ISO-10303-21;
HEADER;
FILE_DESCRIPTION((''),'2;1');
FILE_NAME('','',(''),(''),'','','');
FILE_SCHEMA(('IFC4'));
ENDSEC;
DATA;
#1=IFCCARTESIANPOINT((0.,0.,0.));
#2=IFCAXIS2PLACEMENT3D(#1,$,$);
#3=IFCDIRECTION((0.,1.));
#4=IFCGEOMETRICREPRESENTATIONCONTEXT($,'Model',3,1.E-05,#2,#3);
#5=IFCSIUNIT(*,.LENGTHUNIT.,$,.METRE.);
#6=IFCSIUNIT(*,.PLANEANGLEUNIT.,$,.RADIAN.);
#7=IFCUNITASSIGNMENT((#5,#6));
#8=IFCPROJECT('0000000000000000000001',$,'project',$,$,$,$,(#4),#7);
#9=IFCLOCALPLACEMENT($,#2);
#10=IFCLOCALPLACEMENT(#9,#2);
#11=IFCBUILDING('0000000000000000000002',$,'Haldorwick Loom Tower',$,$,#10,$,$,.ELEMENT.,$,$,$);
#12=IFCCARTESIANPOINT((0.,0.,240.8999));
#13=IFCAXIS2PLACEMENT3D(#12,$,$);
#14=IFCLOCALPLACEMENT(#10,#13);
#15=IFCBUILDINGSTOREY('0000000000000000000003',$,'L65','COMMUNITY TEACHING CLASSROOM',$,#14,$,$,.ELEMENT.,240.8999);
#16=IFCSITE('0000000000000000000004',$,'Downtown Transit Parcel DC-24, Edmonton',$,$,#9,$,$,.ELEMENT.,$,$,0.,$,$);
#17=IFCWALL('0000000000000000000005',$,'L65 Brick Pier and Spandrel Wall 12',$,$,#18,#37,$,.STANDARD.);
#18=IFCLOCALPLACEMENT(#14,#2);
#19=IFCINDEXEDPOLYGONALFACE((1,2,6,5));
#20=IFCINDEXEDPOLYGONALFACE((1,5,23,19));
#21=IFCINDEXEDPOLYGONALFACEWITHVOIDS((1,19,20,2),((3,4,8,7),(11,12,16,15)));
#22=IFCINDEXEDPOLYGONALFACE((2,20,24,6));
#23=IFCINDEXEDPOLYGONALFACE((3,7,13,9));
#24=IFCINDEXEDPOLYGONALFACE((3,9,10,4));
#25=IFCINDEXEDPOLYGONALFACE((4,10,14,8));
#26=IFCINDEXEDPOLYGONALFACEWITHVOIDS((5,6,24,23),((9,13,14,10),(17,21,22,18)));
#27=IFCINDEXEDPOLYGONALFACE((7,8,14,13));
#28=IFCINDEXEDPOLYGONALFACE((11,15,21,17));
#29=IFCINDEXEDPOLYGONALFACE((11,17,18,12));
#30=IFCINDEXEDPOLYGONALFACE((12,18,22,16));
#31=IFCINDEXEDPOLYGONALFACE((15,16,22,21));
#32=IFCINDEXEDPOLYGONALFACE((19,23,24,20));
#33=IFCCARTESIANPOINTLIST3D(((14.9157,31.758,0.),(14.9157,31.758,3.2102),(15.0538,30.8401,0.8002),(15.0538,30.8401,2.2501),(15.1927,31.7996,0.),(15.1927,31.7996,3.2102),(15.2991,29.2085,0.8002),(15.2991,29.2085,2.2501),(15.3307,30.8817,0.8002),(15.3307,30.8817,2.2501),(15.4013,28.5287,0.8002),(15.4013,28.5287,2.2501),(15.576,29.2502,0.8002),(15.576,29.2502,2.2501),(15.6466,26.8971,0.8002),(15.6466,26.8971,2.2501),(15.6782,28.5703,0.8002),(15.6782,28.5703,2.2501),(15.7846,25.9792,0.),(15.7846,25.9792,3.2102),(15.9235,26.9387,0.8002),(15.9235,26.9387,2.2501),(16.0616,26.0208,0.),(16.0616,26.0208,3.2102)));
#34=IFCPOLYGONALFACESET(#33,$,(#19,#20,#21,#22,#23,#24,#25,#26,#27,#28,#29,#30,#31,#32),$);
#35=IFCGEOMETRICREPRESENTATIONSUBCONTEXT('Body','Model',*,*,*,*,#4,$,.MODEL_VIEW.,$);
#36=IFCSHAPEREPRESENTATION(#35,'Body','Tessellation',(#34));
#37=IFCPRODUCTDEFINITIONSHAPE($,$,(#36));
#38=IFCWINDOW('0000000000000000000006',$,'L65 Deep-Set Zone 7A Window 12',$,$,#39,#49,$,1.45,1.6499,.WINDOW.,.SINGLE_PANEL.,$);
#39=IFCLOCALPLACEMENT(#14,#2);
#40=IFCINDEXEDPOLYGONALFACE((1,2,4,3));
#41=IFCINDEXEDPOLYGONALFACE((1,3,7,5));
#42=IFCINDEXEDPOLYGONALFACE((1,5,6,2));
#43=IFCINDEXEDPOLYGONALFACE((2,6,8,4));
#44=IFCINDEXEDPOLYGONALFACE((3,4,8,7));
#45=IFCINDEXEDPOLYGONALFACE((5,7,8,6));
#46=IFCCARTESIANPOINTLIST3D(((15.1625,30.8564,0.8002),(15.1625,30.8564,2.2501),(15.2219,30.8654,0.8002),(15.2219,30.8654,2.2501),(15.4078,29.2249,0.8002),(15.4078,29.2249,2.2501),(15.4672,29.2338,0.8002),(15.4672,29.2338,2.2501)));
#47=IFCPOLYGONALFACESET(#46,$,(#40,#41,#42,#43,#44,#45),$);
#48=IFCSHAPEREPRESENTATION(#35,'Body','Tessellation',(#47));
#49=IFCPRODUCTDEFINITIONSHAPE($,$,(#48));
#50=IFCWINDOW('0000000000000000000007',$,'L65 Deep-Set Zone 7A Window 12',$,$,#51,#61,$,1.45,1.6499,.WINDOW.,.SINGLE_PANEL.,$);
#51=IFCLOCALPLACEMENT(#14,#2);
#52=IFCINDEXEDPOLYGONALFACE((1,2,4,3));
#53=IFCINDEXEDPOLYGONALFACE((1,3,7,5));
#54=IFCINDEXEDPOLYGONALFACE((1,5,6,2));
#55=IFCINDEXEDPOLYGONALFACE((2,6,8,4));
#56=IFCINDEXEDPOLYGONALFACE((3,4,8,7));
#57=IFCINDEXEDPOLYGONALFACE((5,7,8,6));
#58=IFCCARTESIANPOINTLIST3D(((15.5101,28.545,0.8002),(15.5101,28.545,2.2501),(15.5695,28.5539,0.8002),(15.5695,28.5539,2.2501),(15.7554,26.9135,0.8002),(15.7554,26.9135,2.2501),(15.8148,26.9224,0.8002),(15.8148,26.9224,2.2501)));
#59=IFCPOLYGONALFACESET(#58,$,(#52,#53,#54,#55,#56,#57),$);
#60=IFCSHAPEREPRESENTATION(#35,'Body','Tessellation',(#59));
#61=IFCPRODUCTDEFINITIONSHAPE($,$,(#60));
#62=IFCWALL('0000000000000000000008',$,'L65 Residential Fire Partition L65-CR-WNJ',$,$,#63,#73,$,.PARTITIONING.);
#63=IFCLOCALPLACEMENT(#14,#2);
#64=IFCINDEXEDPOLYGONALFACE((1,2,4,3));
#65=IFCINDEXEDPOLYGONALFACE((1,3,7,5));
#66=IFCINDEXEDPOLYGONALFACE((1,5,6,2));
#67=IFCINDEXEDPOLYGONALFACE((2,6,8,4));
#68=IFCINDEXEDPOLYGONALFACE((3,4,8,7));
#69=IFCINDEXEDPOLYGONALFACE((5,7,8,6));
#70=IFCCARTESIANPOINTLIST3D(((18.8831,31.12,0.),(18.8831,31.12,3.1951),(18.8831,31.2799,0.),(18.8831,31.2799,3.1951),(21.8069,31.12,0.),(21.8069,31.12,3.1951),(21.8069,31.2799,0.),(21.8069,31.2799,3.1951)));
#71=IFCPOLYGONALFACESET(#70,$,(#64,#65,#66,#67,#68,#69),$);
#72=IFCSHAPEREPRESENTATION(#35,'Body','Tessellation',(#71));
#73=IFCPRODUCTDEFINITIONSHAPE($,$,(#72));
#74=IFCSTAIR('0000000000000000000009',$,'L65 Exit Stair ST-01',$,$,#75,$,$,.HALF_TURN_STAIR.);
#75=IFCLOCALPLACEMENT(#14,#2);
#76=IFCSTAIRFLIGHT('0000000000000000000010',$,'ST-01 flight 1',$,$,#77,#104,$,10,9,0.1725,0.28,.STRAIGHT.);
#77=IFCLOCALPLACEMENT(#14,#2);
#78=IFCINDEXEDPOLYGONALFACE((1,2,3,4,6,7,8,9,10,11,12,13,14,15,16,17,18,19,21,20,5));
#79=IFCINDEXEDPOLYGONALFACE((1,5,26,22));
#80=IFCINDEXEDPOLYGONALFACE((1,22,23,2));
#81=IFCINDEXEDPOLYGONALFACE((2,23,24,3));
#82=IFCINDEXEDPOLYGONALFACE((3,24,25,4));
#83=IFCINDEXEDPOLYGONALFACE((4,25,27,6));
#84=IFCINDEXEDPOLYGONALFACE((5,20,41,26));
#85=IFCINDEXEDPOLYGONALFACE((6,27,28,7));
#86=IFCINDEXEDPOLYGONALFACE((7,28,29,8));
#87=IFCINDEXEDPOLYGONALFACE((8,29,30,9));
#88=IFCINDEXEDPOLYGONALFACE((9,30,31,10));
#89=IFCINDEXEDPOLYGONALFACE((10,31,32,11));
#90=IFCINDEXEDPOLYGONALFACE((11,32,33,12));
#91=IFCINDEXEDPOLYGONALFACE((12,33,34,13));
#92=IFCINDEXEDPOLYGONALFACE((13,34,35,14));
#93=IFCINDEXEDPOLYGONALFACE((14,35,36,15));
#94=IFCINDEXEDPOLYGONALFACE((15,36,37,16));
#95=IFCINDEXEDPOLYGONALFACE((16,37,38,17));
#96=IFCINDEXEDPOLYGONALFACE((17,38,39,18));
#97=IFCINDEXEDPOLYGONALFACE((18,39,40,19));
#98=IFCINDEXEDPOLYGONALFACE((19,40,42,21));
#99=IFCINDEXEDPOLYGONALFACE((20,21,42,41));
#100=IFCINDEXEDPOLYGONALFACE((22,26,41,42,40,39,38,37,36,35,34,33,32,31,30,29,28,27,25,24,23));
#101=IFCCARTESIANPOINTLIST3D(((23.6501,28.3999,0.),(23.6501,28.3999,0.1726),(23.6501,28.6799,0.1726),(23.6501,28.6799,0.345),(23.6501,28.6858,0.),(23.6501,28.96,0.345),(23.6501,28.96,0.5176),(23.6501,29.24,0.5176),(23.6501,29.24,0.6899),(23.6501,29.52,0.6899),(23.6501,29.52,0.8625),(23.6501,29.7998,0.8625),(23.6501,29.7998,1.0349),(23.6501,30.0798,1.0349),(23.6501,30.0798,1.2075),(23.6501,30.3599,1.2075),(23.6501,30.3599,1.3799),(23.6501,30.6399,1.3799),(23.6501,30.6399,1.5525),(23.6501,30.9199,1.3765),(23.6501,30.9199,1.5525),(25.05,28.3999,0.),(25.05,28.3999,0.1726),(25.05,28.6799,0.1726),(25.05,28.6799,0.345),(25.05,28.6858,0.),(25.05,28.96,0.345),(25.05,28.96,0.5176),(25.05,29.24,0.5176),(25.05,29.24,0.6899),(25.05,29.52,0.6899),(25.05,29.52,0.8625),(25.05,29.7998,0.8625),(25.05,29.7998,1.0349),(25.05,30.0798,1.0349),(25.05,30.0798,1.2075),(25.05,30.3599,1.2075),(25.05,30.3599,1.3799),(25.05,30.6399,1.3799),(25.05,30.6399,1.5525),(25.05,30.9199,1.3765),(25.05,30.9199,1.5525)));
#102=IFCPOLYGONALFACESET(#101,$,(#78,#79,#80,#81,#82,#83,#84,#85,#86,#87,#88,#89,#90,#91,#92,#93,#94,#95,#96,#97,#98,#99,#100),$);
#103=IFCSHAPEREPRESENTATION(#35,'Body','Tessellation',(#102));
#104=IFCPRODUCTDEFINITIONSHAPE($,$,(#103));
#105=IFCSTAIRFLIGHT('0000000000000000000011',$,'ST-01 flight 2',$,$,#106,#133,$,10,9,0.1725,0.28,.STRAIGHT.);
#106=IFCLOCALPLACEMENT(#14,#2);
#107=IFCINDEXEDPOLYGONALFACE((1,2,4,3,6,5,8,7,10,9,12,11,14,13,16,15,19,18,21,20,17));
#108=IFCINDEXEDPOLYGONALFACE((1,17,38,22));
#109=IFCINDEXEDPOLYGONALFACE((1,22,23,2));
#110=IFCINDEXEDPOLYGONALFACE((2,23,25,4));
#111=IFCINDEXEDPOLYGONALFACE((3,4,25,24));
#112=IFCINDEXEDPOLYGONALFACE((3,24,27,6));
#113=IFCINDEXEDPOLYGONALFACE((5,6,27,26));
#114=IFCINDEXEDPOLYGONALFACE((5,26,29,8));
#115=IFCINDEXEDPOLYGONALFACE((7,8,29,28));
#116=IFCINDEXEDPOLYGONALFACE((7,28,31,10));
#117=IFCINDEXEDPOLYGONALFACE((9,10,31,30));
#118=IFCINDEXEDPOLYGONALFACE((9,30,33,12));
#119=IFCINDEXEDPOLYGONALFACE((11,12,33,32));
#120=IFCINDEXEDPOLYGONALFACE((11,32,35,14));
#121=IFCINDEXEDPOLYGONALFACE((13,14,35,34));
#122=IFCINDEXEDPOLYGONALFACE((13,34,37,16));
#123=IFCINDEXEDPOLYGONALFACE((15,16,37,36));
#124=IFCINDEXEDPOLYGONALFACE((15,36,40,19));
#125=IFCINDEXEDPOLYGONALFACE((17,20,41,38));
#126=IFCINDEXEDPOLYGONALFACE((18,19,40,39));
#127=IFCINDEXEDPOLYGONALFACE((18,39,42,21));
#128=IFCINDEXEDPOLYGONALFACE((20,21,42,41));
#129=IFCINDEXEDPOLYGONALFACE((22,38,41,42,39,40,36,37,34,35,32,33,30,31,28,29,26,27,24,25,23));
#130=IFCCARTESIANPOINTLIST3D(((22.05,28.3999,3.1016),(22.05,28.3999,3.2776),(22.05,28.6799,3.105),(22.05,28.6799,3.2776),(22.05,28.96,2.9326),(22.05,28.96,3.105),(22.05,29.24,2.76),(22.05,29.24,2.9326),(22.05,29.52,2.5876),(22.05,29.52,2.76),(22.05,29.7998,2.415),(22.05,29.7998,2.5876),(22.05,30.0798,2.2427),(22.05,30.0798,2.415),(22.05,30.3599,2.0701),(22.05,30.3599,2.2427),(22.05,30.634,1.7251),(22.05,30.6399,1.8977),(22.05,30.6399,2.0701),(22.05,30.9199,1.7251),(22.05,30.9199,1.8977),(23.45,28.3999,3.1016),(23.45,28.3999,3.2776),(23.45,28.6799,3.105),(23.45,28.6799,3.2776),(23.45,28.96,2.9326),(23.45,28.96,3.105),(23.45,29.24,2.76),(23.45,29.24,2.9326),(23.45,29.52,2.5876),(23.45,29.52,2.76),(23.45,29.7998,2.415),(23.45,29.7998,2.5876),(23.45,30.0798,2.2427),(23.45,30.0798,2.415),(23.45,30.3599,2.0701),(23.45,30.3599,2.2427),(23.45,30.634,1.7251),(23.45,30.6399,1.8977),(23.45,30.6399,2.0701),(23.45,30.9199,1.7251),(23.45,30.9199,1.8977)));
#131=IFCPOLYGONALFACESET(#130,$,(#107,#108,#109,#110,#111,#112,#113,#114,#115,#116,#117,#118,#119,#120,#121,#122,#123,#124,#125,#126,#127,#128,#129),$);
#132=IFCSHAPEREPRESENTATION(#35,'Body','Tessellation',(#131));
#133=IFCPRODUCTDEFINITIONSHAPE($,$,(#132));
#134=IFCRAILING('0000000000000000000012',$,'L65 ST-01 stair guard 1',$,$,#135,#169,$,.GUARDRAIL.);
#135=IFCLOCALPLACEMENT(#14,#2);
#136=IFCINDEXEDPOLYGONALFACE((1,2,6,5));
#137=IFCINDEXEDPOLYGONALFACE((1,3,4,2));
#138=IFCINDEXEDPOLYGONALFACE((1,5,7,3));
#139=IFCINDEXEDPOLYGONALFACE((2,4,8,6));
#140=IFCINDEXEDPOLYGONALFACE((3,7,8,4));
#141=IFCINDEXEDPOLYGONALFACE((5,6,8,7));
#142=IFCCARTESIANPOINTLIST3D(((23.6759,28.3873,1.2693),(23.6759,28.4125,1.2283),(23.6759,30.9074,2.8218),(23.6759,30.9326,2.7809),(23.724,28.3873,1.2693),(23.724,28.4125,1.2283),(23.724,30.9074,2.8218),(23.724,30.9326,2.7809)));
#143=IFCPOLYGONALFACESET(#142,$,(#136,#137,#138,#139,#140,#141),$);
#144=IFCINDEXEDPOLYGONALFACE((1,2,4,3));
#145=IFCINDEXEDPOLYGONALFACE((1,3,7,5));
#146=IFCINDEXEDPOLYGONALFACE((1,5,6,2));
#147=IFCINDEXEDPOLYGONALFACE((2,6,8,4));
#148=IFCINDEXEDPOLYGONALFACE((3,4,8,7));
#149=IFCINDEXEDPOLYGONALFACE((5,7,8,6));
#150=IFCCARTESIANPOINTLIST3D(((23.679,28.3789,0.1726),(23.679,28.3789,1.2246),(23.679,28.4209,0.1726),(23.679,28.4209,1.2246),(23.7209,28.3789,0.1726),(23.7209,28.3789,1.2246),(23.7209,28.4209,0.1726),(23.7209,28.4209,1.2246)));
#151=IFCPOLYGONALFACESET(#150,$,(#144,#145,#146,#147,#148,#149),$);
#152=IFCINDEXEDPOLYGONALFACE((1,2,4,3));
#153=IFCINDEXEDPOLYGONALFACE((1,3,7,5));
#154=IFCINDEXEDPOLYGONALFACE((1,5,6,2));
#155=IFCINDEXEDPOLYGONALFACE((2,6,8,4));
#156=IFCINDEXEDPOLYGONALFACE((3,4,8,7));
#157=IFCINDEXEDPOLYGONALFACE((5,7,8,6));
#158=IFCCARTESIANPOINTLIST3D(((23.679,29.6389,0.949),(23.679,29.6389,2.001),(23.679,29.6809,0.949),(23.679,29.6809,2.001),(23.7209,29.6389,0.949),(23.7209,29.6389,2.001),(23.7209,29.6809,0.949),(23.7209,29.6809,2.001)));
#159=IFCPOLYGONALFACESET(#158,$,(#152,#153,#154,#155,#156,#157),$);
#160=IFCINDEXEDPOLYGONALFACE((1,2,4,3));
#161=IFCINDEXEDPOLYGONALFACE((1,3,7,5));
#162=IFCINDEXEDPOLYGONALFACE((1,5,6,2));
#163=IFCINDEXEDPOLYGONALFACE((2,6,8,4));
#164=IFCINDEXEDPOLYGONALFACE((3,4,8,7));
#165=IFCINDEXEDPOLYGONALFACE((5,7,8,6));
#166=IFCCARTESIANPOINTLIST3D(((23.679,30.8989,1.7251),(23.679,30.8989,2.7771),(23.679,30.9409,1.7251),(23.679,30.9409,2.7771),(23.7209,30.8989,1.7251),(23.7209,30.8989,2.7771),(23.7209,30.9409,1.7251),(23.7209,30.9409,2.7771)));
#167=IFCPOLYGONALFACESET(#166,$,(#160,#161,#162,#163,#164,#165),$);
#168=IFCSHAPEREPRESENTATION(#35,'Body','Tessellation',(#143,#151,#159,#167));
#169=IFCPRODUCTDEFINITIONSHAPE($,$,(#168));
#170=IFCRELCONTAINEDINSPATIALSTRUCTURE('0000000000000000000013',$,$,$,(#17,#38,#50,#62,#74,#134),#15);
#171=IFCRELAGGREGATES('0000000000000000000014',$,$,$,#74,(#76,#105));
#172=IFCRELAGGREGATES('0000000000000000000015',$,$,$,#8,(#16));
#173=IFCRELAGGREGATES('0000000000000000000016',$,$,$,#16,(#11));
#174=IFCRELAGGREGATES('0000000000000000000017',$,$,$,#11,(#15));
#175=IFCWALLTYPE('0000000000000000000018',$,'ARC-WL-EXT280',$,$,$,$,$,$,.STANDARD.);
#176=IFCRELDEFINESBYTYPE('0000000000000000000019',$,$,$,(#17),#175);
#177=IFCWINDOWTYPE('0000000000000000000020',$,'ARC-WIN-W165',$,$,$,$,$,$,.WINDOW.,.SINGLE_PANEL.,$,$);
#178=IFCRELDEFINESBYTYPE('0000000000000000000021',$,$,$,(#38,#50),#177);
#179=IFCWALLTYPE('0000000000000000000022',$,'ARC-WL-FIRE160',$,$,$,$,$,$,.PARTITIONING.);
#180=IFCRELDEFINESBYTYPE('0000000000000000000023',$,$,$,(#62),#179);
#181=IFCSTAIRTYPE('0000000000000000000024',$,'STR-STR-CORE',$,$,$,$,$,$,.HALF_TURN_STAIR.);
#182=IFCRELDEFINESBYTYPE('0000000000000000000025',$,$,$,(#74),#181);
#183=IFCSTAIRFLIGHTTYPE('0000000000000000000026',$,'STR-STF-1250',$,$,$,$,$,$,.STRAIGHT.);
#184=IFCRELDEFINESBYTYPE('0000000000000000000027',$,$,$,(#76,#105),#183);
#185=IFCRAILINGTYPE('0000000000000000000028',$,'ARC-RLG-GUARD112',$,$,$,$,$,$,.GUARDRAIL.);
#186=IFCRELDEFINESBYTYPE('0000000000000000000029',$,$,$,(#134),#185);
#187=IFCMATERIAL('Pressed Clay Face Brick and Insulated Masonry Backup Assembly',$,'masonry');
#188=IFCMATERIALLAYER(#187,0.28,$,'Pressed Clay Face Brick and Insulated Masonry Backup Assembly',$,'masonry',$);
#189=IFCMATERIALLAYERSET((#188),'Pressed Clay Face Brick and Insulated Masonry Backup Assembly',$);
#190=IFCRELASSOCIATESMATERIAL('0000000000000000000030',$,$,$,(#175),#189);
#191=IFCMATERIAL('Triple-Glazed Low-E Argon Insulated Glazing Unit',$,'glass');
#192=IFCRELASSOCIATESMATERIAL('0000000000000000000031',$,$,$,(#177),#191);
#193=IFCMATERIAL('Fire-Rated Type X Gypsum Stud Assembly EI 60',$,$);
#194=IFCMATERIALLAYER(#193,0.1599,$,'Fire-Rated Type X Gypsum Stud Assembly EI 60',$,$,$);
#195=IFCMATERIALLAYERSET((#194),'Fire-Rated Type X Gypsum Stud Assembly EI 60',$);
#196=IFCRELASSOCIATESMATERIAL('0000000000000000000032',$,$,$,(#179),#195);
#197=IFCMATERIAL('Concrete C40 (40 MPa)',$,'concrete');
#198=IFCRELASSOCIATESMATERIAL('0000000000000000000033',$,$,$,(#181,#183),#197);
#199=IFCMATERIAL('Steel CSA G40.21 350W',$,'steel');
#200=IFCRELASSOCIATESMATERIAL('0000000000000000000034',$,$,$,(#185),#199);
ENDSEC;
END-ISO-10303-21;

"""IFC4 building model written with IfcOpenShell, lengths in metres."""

from ifc_helpers import new_model, si_unit, direction, frame, frame_2d, origin, origin_2d, place, context, subcontext, project, spatial, polyline, rectangle, outline, extrude, material, layer, layer_set, type_object, element, fill, aggregate, save


model = new_model("IFC4")

# Units and contexts
model_context = context("Model", 3, precision=1e-05, world=origin(), true_north=direction((0.0, 1.0)))
body_context = subcontext(model_context, "Body", "Model", "MODEL_VIEW")
ifc_project = project(units=[si_unit("LENGTHUNIT", "METRE"), si_unit("PLANEANGLEUNIT", "RADIAN")], contexts=[model_context])

# Site, building, storey
site_placement = place(None, origin())
site = spatial("IfcSite", under=ifc_project, at=site_placement, Name="Downtown Transit Parcel DC-24, Edmonton", CompositionType="ELEMENT", RefElevation=0.0)
building_placement = place(site_placement, origin())
building = spatial("IfcBuilding", under=site, at=building_placement, Name="Haldorwick Loom Tower", CompositionType="ELEMENT")
storey_placement = place(building_placement, frame((0.0, 0.0, 240.8999)))
storey = spatial("IfcBuildingStorey", under=building, at=storey_placement, Name="L65", Description="COMMUNITY TEACHING CLASSROOM", CompositionType="ELEMENT", Elevation=240.8999)

# Shared definitions
ifc_material_1 = material(Name="Steel CSA G40.21 350W", Category="steel")

# Wall, openings, windows
ifc_material_2 = material(Name="Pressed Clay Face Brick and Insulated Masonry Backup Assembly", Category="masonry")
ifc_layer_1 = layer(ifc_material_2, 0.28, Name="Pressed Clay Face Brick and Insulated Masonry Backup Assembly", Category="masonry")
ifc_layer_set_1 = layer_set([ifc_layer_1], Name="Pressed Clay Face Brick and Insulated Masonry Backup Assembly")
wall_type_1 = type_object("IfcWallType", Name="ARC-WL-EXT280", PredefinedType="STANDARD", material=ifc_layer_set_1)
wall_1_placement = place(storey_placement, frame((15.0542, 31.7788, 0.0), z_axis=(0.0, 0.0, 1.0), x_axis=(0.148688, -0.988884, 0.0)))
wall_1 = element("IfcWall", 1, at=wall_1_placement, inside=storey, type_object=wall_type_1, Name="L65 Brick Pier and Spandrel Wall 12", PredefinedType="STANDARD", context=body_context, shape_type="SweptSolid", body=[
    extrude(rectangle(XDim=5.8438, YDim=0.28, at=frame_2d((2.9219, 0.0))), origin(), (0.0, 0.0, 1.0), 3.2102),
])
opening_1_placement = place(wall_1_placement, frame((0.9282, 0.0, 0.8)))
opening_1 = element("IfcOpeningElement", 2, at=opening_1_placement, cuts=wall_1, PredefinedType="OPENING", context=body_context, shape_type="SweptSolid", body=[
    extrude(rectangle(XDim=1.6499, YDim=1.45, at=frame_2d((0.825, 0.7251))), frame((0.0, 0.1499, 0.0), z_axis=(0.0, -1.0, 0.0), x_axis=(1.0, 0.0, 0.0)), (0.0, 0.0, 1.0), 0.3),
])
opening_2_placement = place(wall_1_placement, frame((3.2656, 0.0, 0.8)))
opening_2 = element("IfcOpeningElement", 3, at=opening_2_placement, cuts=wall_1, PredefinedType="OPENING", context=body_context, shape_type="SweptSolid", body=[
    extrude(rectangle(XDim=1.6499, YDim=1.45, at=frame_2d((0.825, 0.7251))), frame((0.0, 0.1499, 0.0), z_axis=(0.0, -1.0, 0.0), x_axis=(1.0, 0.0, 0.0)), (0.0, 0.0, 1.0), 0.3),
])
ifc_material_3 = material(Name="Triple-Glazed Low-E Argon Insulated Glazing Unit", Category="glass")
window_type = type_object("IfcWindowType", Name="ARC-WIN-W165", PartitioningType="SINGLE_PANEL", PredefinedType="WINDOW", material=ifc_material_3)
window_1_placement = place(opening_1_placement, origin())
window_1 = element("IfcWindow", 4, at=window_1_placement, inside=storey, type_object=window_type, Name="L65 Deep-Set Zone 7A Window 12", OverallHeight=1.45, OverallWidth=1.6499, PartitioningType="SINGLE_PANEL", PredefinedType="WINDOW", context=body_context, shape_type="SweptSolid", body=[
    extrude(rectangle(XDim=1.6499, YDim=1.45, at=frame_2d((0.825, 0.7251))), frame((0.0, 0.03, 0.0), z_axis=(0.0, -1.0, 0.0), x_axis=(1.0, 0.0, 0.0)), (0.0, 0.0, 1.0), 0.0601),
])
fill(opening_1, window_1)
window_2_placement = place(opening_2_placement, origin())
window_2 = element("IfcWindow", 5, at=window_2_placement, inside=storey, type_object=window_type, Name="L65 Deep-Set Zone 7A Window 12", OverallHeight=1.45, OverallWidth=1.6499, PartitioningType="SINGLE_PANEL", PredefinedType="WINDOW", context=body_context, shape_type="SweptSolid", body=[
    extrude(rectangle(XDim=1.6499, YDim=1.45, at=frame_2d((0.825, 0.7251))), frame((0.0, 0.03, 0.0), z_axis=(0.0, -1.0, 0.0), x_axis=(1.0, 0.0, 0.0)), (0.0, 0.0, 1.0), 0.0601),
])
fill(opening_2, window_2)

# Wall
ifc_material_4 = material(Name="Fire-Rated Type X Gypsum Stud Assembly EI 60")
ifc_layer_2 = layer(ifc_material_4, 0.1599, Name="Fire-Rated Type X Gypsum Stud Assembly EI 60")
ifc_layer_set_2 = layer_set([ifc_layer_2], Name="Fire-Rated Type X Gypsum Stud Assembly EI 60")
wall_type_2 = type_object("IfcWallType", Name="ARC-WL-FIRE160", PredefinedType="PARTITIONING", material=ifc_layer_set_2)
wall_2_placement = place(storey_placement, frame((18.8831, 31.2, 0.0), z_axis=(0.0, 0.0, 1.0), x_axis=(1.0, 0.0, 0.0)))
element("IfcWall", 6, at=wall_2_placement, inside=storey, type_object=wall_type_2, Name="L65 Residential Fire Partition L65-CR-WNJ", PredefinedType="PARTITIONING", context=body_context, shape_type="SweptSolid", body=[
    extrude(rectangle(XDim=2.9238, YDim=0.1599, at=frame_2d((1.4619, 0.0))), origin(), (0.0, 0.0, 1.0), 3.1951),
])

# Stair, stair flights
ifc_material_5 = material(Name="Concrete C40 (40 MPa)", Category="concrete")
stair_type = type_object("IfcStairType", Name="STR-STR-CORE", PredefinedType="HALF_TURN_STAIR", material=ifc_material_5)
stair_placement = place(storey_placement, origin())
stair = element("IfcStair", 7, at=stair_placement, inside=storey, type_object=stair_type, Name="L65 Exit Stair ST-01", PredefinedType="HALF_TURN_STAIR")
stair_flight_type = type_object("IfcStairFlightType", Name="STR-STF-1250", PredefinedType="STRAIGHT", material=ifc_material_5)
stair_flight_1_placement = place(storey_placement, frame((24.3501, 28.3999, 0.0), z_axis=(0.0, 0.0, 1.0), x_axis=(0.0, 1.0, 0.0)))
stair_flight_1 = element("IfcStairFlight", 8, at=stair_flight_1_placement, type_object=stair_flight_type, Name="ST-01 flight 1", NumberOfRisers=10, NumberOfTreads=9, PredefinedType="STRAIGHT", RiserHeight=0.1725, TreadLength=0.28, context=body_context, shape_type="SweptSolid", body=[
    extrude(outline(polyline([(0.0, 0.0), (0.0, 0.1726), (0.28, 0.1726), (0.28, 0.345), (0.5601, 0.345), (0.5601, 0.5176), (0.8401, 0.5176), (0.8401, 0.6899), (1.1201, 0.6899), (1.1201, 0.8625), (1.3999, 0.8625), (1.3999, 1.0349), (1.6799, 1.0349), (1.6799, 1.2075), (1.96, 1.2075), (1.96, 1.3799), (2.24, 1.3799), (2.24, 1.5525), (2.52, 1.5525), (2.52, 1.7251), (2.52, 1.3765), (0.2859, 0.0), (0.0, 0.0)])), frame((0.0, 0.7, 0.0), z_axis=(0.0, -1.0, 0.0), x_axis=(1.0, 0.0, 0.0)), (0.0, 0.0, 1.0), 1.3999),
])
stair_flight_2_placement = place(storey_placement, frame((22.75, 30.9199, 1.7251), z_axis=(0.0, 0.0, 1.0), x_axis=(0.0, -1.0, 0.0)))
stair_flight_2 = element("IfcStairFlight", 9, at=stair_flight_2_placement, type_object=stair_flight_type, Name="ST-01 flight 2", NumberOfRisers=10, NumberOfTreads=9, PredefinedType="STRAIGHT", RiserHeight=0.1725, TreadLength=0.28, context=body_context, shape_type="SweptSolid", body=[
    extrude(outline(polyline([(0.0, 0.0), (0.0, 0.1726), (0.28, 0.1726), (0.28, 0.345), (0.5601, 0.345), (0.5601, 0.5176), (0.8401, 0.5176), (0.8401, 0.6899), (1.1201, 0.6899), (1.1201, 0.8625), (1.3999, 0.8625), (1.3999, 1.0349), (1.6799, 1.0349), (1.6799, 1.2075), (1.96, 1.2075), (1.96, 1.3799), (2.24, 1.3799), (2.24, 1.5525), (2.52, 1.5525), (2.52, 1.7251), (2.52, 1.3765), (0.2859, 0.0), (0.0, 0.0)])), frame((0.0, 0.7, 0.0), z_axis=(0.0, -1.0, 0.0), x_axis=(1.0, 0.0, 0.0)), (0.0, 0.0, 1.0), 1.3999),
])
aggregate(stair, [stair_flight_1, stair_flight_2])

# Railing
railing_type_1 = type_object("IfcRailingType", Name="ARC-RLG-GUARD112", PredefinedType="GUARDRAIL", material=ifc_material_1)
railing_1_placement = place(storey_placement, frame((23.7, 28.3999, 0.1726)))
element("IfcRailing", 10, at=railing_1_placement, inside=storey, type_object=railing_type_1, Name="L65 ST-01 stair guard 1", PredefinedType="GUARDRAIL", context=body_context, shape_type="SweptSolid", body=[
    extrude(rectangle(XDim=0.0481, YDim=0.0481, at=origin_2d()), frame((0.0, 0.0, 1.0762), z_axis=(0.0, 0.8514, 0.524516), x_axis=(-1.0, 0.0, 0.0)), (0.0, 0.0, 1.0), 2.96),
    extrude(rectangle(XDim=0.042, YDim=0.042, at=origin_2d()), origin(), (0.0, 0.0, 1.0), 1.052),
    extrude(rectangle(XDim=0.042, YDim=0.042, at=origin_2d()), frame((0.0, 1.26, 0.7764)), (0.0, 0.0, 1.0), 1.052),
    extrude(rectangle(XDim=0.042, YDim=0.042, at=origin_2d()), frame((0.0, 2.52, 1.5525)), (0.0, 0.0, 1.0), 1.052),
])

save(model, "model.ifc")
